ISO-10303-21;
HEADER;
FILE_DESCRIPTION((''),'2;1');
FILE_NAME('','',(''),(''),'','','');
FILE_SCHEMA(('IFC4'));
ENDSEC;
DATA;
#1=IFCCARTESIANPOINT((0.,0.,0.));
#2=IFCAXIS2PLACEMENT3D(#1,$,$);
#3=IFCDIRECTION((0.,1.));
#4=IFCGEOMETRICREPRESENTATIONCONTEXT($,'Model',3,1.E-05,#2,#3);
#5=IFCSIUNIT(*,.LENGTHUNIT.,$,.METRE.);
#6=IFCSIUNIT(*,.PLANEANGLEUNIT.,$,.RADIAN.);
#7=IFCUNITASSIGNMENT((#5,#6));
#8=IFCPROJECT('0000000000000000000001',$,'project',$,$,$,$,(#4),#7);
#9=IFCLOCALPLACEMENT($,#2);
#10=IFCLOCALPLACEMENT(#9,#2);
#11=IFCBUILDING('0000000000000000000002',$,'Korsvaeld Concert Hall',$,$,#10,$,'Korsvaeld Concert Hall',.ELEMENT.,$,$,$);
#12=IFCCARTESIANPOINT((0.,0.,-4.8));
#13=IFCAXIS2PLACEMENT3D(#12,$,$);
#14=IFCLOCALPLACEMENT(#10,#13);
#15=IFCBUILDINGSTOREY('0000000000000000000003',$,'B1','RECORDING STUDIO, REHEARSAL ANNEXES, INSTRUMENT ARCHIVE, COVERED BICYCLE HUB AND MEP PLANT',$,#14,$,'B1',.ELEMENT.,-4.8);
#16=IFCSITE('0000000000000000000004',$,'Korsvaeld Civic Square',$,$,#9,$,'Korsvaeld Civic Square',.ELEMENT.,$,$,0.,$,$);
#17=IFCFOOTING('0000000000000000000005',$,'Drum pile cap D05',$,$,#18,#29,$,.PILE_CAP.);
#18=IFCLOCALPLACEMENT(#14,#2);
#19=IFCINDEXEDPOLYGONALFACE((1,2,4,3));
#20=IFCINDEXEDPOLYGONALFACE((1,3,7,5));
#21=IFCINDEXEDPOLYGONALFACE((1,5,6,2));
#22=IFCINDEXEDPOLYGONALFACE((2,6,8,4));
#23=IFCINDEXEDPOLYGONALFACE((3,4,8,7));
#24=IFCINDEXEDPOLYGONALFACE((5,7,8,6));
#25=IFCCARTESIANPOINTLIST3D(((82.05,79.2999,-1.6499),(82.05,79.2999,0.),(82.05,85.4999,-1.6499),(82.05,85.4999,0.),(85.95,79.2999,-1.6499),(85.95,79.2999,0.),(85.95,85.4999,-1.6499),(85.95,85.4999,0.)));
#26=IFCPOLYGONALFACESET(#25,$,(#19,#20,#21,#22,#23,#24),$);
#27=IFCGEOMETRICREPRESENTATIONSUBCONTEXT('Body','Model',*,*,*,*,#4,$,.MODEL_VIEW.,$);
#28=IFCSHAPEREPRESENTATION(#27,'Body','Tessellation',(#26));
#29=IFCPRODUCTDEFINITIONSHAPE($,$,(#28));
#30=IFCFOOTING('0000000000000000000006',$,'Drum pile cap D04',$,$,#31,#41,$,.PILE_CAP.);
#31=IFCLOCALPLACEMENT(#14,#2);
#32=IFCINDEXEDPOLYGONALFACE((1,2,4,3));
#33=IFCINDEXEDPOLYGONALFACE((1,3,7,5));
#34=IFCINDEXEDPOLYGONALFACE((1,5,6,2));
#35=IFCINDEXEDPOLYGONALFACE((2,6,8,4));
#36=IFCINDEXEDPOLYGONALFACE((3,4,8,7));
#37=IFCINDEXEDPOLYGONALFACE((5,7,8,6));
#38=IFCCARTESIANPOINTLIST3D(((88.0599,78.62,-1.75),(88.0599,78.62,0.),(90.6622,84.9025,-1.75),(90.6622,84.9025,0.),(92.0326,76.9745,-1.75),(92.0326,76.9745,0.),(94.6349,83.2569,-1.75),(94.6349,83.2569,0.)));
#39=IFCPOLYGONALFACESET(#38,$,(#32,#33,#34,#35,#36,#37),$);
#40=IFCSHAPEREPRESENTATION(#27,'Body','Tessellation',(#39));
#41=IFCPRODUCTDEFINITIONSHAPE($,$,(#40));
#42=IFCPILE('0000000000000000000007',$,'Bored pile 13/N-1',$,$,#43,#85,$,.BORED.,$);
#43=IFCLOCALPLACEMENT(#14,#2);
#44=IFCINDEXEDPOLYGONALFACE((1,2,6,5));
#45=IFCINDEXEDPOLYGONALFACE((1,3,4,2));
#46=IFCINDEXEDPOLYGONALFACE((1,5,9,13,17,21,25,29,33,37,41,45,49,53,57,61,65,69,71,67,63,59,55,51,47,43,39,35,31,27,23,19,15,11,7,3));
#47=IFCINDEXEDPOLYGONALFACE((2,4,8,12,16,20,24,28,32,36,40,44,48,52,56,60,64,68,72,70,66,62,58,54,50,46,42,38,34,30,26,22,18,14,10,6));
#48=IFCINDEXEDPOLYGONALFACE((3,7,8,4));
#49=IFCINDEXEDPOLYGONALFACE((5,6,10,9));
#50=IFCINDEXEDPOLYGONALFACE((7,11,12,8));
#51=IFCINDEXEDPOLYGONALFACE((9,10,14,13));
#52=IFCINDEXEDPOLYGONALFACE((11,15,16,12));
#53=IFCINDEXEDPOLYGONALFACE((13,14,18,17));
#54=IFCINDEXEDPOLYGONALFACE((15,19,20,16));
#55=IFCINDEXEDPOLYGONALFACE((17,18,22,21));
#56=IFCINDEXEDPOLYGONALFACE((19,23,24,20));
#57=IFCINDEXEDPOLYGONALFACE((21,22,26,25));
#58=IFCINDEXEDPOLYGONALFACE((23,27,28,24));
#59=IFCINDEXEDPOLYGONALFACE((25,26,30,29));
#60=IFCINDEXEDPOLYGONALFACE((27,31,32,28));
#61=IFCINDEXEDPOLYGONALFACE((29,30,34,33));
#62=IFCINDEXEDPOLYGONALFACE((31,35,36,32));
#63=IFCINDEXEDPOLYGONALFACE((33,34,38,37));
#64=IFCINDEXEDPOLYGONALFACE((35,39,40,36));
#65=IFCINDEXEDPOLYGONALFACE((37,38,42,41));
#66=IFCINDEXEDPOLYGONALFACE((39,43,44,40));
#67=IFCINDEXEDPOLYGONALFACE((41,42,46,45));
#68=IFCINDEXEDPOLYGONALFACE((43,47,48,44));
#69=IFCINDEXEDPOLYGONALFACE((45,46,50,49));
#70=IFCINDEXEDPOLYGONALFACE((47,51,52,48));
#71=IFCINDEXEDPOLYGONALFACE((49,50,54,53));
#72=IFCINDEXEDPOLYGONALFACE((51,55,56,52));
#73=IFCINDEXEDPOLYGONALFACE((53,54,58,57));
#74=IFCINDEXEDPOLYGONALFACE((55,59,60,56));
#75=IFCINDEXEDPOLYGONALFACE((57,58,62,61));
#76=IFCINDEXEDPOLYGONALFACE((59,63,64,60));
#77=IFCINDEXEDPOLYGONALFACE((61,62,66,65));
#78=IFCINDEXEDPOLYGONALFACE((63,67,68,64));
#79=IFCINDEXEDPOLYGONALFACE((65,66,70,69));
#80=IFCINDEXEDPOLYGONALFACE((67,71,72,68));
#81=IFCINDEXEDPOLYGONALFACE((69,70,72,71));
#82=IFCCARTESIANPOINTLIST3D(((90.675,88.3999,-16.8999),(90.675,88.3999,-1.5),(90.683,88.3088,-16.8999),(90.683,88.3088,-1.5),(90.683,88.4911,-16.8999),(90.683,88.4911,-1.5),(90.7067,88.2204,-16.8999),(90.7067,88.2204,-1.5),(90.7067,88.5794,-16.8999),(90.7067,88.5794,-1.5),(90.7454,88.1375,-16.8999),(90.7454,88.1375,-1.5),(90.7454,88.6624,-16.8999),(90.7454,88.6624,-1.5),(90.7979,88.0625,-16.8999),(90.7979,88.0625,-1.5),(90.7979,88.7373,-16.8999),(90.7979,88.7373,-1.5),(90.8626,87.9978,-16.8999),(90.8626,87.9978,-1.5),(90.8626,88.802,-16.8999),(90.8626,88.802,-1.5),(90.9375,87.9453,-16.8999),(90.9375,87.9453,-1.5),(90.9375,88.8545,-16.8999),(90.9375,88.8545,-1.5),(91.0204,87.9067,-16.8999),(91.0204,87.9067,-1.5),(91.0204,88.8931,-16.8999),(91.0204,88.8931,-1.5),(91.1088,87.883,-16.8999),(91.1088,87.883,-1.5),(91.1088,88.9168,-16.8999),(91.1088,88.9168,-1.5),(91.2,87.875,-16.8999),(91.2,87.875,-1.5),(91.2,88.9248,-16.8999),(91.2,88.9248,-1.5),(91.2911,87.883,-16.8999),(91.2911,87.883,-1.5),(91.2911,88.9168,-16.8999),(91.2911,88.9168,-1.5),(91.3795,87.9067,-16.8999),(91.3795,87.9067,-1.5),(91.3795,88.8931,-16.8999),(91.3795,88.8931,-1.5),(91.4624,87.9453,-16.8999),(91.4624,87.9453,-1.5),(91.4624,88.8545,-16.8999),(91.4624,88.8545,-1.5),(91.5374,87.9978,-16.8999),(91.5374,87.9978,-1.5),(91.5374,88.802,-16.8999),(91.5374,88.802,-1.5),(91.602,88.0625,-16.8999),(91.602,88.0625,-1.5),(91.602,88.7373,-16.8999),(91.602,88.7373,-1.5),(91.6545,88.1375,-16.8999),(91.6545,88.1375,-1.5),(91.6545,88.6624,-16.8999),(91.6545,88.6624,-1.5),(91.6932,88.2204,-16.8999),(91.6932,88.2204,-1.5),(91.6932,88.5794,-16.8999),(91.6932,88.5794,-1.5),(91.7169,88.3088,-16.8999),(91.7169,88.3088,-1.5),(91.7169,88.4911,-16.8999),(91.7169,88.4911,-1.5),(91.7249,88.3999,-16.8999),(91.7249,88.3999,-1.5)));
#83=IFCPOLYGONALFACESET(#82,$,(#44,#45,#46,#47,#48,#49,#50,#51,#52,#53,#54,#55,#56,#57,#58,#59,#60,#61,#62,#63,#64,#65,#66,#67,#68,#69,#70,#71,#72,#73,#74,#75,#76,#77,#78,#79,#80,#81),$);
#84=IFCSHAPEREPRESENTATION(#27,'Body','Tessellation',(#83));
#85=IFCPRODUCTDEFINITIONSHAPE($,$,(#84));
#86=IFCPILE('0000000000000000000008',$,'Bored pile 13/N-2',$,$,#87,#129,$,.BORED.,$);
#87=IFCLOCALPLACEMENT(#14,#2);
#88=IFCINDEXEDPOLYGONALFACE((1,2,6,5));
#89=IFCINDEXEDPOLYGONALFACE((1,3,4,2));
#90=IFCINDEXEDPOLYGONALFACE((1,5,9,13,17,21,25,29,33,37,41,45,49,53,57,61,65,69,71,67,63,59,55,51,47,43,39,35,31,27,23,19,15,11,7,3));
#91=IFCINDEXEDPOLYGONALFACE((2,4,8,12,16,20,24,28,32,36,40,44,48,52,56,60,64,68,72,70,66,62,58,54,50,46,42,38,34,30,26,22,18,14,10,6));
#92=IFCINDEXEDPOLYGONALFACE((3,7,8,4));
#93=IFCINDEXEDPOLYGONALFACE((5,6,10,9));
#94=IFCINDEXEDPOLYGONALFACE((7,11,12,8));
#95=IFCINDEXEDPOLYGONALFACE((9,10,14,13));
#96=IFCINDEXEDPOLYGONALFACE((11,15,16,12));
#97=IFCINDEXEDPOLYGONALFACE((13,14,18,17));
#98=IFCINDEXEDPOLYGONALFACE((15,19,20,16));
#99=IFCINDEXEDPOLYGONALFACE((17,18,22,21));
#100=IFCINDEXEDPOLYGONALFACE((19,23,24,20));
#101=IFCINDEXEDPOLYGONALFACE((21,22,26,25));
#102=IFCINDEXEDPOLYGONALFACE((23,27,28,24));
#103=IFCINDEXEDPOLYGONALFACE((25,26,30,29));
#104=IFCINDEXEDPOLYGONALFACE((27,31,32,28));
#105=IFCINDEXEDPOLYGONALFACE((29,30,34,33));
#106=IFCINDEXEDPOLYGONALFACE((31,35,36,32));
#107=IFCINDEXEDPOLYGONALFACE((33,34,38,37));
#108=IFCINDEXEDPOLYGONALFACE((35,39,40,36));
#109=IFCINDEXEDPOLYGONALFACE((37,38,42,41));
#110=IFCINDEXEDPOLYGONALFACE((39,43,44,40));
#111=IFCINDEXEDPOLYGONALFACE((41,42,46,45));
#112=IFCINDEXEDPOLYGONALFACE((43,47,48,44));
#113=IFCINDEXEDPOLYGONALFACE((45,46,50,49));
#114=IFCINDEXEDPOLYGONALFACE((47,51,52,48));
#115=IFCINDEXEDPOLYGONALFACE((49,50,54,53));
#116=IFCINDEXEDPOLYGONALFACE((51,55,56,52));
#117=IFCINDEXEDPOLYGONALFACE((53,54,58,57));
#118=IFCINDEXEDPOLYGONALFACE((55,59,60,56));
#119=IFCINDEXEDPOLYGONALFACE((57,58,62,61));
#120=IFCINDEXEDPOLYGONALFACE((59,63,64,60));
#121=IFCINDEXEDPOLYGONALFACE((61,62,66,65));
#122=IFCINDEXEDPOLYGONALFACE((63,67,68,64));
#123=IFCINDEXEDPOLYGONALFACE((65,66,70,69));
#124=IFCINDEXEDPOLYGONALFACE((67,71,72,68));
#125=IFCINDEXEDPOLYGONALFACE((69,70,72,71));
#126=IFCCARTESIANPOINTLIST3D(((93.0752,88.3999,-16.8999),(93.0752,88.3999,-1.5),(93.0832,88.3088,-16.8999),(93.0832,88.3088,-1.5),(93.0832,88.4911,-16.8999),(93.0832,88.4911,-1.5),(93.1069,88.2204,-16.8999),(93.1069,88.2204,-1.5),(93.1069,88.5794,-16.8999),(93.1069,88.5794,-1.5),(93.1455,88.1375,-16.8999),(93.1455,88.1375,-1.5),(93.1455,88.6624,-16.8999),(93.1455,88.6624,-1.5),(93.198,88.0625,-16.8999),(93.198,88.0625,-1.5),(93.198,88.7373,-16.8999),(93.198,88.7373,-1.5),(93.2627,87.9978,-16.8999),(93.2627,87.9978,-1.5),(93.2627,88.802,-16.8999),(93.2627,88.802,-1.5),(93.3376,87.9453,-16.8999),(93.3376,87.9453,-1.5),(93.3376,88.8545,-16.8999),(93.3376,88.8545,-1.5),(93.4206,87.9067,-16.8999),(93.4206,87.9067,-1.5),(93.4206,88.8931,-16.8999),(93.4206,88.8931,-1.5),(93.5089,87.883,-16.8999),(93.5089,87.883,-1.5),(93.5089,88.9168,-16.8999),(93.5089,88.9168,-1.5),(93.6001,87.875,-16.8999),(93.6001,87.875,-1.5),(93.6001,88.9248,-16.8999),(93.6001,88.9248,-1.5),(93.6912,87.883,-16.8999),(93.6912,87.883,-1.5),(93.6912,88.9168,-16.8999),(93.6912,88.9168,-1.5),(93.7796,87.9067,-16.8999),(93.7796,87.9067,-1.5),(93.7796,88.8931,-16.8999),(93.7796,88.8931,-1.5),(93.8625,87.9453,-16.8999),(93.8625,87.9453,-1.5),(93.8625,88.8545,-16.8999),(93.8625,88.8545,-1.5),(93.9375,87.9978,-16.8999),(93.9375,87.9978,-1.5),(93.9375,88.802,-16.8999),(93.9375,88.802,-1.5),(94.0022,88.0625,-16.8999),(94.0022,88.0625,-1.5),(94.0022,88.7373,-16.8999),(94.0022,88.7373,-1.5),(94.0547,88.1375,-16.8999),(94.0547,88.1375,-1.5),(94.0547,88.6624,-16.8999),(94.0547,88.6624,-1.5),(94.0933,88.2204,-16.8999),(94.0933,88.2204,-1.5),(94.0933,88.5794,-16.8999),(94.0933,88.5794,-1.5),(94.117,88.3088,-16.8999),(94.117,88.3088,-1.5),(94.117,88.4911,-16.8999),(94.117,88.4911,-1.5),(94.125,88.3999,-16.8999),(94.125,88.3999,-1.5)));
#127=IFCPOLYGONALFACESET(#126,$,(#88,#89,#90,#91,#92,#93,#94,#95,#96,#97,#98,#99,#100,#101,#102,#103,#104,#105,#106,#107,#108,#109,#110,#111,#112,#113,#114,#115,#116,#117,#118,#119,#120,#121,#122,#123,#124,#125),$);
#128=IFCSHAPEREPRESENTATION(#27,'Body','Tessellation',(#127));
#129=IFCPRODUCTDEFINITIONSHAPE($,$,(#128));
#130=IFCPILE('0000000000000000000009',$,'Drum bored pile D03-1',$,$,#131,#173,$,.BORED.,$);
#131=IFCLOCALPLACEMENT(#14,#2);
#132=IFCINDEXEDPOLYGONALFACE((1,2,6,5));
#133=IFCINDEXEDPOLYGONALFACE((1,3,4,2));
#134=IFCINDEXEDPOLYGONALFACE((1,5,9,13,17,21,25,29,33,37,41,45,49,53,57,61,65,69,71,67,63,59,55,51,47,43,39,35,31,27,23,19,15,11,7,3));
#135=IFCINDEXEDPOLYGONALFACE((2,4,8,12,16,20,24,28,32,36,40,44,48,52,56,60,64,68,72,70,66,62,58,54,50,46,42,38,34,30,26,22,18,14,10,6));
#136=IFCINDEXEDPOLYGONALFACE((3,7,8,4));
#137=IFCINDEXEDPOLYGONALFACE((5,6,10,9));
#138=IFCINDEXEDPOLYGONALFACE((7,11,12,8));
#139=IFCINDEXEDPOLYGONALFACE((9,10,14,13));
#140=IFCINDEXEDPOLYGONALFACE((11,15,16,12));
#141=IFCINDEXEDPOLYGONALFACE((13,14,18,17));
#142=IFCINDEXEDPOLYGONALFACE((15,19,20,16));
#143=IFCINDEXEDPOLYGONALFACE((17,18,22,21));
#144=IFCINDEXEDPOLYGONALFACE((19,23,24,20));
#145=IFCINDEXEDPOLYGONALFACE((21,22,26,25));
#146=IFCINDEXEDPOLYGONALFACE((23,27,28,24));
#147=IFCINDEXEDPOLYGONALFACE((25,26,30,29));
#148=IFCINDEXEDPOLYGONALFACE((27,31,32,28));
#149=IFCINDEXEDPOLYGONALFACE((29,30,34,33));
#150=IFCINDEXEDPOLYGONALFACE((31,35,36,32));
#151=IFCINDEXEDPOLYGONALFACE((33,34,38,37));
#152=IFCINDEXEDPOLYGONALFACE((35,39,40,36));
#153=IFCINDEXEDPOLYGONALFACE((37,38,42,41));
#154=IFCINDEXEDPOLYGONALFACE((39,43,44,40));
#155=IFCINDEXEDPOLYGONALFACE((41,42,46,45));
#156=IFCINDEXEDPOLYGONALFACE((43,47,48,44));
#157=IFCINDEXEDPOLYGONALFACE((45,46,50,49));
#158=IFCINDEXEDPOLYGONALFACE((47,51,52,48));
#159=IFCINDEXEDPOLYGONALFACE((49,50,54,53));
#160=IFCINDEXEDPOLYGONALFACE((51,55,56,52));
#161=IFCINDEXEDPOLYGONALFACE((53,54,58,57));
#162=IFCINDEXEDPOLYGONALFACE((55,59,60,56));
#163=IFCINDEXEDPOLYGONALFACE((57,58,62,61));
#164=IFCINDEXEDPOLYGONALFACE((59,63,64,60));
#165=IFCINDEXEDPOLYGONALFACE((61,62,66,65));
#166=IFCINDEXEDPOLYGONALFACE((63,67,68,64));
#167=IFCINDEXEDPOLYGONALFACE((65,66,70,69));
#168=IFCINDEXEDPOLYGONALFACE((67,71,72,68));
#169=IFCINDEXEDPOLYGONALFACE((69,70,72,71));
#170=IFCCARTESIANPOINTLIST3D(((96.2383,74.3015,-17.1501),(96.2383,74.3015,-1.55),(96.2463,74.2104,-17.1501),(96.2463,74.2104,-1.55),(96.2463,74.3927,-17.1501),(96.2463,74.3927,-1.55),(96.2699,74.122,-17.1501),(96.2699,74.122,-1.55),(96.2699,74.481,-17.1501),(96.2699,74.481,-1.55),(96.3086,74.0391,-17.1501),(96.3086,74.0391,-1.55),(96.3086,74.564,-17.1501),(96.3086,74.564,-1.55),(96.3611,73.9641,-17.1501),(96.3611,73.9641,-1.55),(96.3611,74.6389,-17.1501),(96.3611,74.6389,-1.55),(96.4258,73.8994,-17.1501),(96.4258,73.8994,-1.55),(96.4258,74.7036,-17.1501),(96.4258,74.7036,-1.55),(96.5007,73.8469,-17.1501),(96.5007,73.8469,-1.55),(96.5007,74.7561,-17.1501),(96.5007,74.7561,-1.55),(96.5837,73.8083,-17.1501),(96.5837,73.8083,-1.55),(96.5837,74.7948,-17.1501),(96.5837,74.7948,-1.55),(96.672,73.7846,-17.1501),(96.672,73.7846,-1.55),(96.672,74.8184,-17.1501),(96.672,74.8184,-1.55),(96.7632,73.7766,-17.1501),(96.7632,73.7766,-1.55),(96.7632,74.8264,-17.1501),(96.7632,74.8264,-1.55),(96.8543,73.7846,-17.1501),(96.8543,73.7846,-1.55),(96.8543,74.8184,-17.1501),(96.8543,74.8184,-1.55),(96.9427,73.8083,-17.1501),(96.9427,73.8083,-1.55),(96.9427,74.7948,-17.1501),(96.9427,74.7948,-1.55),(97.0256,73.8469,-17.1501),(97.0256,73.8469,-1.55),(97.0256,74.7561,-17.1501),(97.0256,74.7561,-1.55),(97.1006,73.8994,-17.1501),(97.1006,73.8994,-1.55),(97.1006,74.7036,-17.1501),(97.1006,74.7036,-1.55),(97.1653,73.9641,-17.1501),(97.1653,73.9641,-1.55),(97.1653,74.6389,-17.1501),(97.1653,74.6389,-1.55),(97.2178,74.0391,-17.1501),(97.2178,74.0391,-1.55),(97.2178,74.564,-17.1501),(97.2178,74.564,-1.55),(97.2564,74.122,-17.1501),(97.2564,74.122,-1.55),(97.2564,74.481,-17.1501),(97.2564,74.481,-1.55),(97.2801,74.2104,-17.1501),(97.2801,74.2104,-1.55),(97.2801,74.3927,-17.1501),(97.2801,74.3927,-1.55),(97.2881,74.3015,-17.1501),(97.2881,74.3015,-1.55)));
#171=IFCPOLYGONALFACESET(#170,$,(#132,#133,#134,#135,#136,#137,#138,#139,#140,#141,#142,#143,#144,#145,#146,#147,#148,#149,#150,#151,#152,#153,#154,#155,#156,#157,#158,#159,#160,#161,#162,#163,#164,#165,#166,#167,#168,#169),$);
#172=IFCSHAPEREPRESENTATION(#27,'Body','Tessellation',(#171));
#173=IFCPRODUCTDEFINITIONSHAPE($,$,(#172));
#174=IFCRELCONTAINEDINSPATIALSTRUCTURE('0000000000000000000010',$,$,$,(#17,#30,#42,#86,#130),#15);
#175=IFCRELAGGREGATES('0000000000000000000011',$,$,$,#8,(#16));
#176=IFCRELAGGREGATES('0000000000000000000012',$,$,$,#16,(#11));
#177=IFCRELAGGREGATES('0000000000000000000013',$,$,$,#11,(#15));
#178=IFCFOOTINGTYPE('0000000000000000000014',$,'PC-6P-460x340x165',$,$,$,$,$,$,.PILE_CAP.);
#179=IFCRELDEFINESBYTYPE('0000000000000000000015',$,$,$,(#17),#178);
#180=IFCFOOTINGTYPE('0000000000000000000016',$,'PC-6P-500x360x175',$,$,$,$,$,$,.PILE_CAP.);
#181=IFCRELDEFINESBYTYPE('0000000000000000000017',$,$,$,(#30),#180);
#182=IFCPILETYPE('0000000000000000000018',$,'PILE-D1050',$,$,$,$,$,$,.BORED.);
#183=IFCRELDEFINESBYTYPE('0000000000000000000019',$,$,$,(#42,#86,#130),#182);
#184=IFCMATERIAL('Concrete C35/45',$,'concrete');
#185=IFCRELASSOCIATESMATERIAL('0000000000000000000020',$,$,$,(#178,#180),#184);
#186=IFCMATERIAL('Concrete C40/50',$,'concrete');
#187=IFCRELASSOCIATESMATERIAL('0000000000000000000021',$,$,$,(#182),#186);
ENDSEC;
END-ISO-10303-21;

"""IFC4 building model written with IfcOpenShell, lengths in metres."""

from ifc_helpers import new_model, si_unit, direction, frame, origin, origin_2d, place, context, subcontext, project, spatial, rectangle, circle, extrude, material, material_profile, profile_set, type_object, element, save


model = new_model("IFC4")

# Units and contexts
model_context = context("Model", 3, precision=1e-05, world=origin(), true_north=direction((0.0, 1.0)))
body_context = subcontext(model_context, "Body", "Model", "MODEL_VIEW")
ifc_project = project(units=[si_unit("LENGTHUNIT", "METRE"), si_unit("PLANEANGLEUNIT", "RADIAN")], contexts=[model_context])

# Site, building, storey
site_placement = place(None, origin())
site = spatial("IfcSite", under=ifc_project, at=site_placement, Name="Korsvaeld Civic Square", LongName="Korsvaeld Civic Square", CompositionType="ELEMENT", RefElevation=0.0)
building_placement = place(site_placement, origin())
building = spatial("IfcBuilding", under=site, at=building_placement, Name="Korsvaeld Concert Hall", LongName="Korsvaeld Concert Hall", CompositionType="ELEMENT")
storey_placement = place(building_placement, frame((0.0, 0.0, -4.8)))
storey = spatial("IfcBuildingStorey", under=building, at=storey_placement, Name="B1", Description="RECORDING STUDIO, REHEARSAL ANNEXES, INSTRUMENT ARCHIVE, COVERED BICYCLE HUB AND MEP PLANT", LongName="B1", CompositionType="ELEMENT", Elevation=-4.8)

# Footings
ifc_material_1 = material(Name="Concrete C35/45", Category="concrete")
footing_type_1 = type_object("IfcFootingType", Name="PC-6P-460x340x165", PredefinedType="PILE_CAP", material=ifc_material_1)
footing_1_placement = place(storey_placement, frame((84.0, 82.3999, -1.6499), z_axis=(0.0, 0.0, 1.0), x_axis=(0.0, 1.0, 0.0)))
element("IfcFooting", 1, at=footing_1_placement, inside=storey, type_object=footing_type_1, Name="Drum pile cap D05", PredefinedType="PILE_CAP", context=body_context, shape_type="SweptSolid", body=[
    extrude(rectangle(XDim=6.2, YDim=3.8999, at=origin_2d()), origin(), (0.0, 0.0, 1.0), 1.6499),
])
footing_type_2 = type_object("IfcFootingType", Name="PC-6P-500x360x175", PredefinedType="PILE_CAP", material=ifc_material_1)
footing_2_placement = place(storey_placement, frame((91.3474, 80.9385, -1.75), z_axis=(0.0, 0.0, 1.0), x_axis=(0.382683, 0.92388, 0.0)))
element("IfcFooting", 2, at=footing_2_placement, inside=storey, type_object=footing_type_2, Name="Drum pile cap D04", PredefinedType="PILE_CAP", context=body_context, shape_type="SweptSolid", body=[
    extrude(rectangle(XDim=6.8, YDim=4.3, at=origin_2d()), origin(), (0.0, 0.0, 1.0), 1.75),
])

# Piles
ifc_material_2 = material(Name="Concrete C40/50", Category="concrete")
ifc_material_profile_1 = material_profile(ifc_material_2, circle(Radius=0.5249, at=origin_2d()), Name="BORED PILE D1050")
ifc_profile_set_1 = profile_set([ifc_material_profile_1], Name="Concrete C40/50")
pile_type_1 = type_object("IfcPileType", Name="PILE-D1050", PredefinedType="BORED", material=ifc_profile_set_1)
for number, where, z_axis, x_axis, name in (
    (3, (91.2, 88.3999, -1.5), (0.0, 0.0, -1.0), (1.0, 0.0, 0.0), "Bored pile 13/N-1"),
    (4, (93.6001, 88.3999, -1.5), (0.0, 0.0, -1.0), (1.0, 0.0, 0.0), "Bored pile 13/N-2"),
):
    element("IfcPile", number, at=place(storey_placement, frame(where, z_axis=z_axis, x_axis=x_axis)), inside=storey, type_object=pile_type_1, Name=name, PredefinedType="BORED", context=body_context, shape_type="SweptSolid", body=[
        extrude(circle(Radius=0.5249, at=origin_2d()), origin(), (0.0, 0.0, 1.0), 15.3999),
    ])
for number, where, z_axis, x_axis, name in (
    (5, (96.7632, 74.3015, -1.55), (0.0, 0.0, -1.0), (1.0, 0.0, 0.0), "Drum bored pile D03-1"),
):
    element("IfcPile", number, at=place(storey_placement, frame(where, z_axis=z_axis, x_axis=x_axis)), inside=storey, type_object=pile_type_1, Name=name, PredefinedType="BORED", context=body_context, shape_type="SweptSolid", body=[
        extrude(circle(Radius=0.5249, at=origin_2d()), origin(), (0.0, 0.0, 1.0), 15.6001),
    ])

save(model, "model.ifc")
